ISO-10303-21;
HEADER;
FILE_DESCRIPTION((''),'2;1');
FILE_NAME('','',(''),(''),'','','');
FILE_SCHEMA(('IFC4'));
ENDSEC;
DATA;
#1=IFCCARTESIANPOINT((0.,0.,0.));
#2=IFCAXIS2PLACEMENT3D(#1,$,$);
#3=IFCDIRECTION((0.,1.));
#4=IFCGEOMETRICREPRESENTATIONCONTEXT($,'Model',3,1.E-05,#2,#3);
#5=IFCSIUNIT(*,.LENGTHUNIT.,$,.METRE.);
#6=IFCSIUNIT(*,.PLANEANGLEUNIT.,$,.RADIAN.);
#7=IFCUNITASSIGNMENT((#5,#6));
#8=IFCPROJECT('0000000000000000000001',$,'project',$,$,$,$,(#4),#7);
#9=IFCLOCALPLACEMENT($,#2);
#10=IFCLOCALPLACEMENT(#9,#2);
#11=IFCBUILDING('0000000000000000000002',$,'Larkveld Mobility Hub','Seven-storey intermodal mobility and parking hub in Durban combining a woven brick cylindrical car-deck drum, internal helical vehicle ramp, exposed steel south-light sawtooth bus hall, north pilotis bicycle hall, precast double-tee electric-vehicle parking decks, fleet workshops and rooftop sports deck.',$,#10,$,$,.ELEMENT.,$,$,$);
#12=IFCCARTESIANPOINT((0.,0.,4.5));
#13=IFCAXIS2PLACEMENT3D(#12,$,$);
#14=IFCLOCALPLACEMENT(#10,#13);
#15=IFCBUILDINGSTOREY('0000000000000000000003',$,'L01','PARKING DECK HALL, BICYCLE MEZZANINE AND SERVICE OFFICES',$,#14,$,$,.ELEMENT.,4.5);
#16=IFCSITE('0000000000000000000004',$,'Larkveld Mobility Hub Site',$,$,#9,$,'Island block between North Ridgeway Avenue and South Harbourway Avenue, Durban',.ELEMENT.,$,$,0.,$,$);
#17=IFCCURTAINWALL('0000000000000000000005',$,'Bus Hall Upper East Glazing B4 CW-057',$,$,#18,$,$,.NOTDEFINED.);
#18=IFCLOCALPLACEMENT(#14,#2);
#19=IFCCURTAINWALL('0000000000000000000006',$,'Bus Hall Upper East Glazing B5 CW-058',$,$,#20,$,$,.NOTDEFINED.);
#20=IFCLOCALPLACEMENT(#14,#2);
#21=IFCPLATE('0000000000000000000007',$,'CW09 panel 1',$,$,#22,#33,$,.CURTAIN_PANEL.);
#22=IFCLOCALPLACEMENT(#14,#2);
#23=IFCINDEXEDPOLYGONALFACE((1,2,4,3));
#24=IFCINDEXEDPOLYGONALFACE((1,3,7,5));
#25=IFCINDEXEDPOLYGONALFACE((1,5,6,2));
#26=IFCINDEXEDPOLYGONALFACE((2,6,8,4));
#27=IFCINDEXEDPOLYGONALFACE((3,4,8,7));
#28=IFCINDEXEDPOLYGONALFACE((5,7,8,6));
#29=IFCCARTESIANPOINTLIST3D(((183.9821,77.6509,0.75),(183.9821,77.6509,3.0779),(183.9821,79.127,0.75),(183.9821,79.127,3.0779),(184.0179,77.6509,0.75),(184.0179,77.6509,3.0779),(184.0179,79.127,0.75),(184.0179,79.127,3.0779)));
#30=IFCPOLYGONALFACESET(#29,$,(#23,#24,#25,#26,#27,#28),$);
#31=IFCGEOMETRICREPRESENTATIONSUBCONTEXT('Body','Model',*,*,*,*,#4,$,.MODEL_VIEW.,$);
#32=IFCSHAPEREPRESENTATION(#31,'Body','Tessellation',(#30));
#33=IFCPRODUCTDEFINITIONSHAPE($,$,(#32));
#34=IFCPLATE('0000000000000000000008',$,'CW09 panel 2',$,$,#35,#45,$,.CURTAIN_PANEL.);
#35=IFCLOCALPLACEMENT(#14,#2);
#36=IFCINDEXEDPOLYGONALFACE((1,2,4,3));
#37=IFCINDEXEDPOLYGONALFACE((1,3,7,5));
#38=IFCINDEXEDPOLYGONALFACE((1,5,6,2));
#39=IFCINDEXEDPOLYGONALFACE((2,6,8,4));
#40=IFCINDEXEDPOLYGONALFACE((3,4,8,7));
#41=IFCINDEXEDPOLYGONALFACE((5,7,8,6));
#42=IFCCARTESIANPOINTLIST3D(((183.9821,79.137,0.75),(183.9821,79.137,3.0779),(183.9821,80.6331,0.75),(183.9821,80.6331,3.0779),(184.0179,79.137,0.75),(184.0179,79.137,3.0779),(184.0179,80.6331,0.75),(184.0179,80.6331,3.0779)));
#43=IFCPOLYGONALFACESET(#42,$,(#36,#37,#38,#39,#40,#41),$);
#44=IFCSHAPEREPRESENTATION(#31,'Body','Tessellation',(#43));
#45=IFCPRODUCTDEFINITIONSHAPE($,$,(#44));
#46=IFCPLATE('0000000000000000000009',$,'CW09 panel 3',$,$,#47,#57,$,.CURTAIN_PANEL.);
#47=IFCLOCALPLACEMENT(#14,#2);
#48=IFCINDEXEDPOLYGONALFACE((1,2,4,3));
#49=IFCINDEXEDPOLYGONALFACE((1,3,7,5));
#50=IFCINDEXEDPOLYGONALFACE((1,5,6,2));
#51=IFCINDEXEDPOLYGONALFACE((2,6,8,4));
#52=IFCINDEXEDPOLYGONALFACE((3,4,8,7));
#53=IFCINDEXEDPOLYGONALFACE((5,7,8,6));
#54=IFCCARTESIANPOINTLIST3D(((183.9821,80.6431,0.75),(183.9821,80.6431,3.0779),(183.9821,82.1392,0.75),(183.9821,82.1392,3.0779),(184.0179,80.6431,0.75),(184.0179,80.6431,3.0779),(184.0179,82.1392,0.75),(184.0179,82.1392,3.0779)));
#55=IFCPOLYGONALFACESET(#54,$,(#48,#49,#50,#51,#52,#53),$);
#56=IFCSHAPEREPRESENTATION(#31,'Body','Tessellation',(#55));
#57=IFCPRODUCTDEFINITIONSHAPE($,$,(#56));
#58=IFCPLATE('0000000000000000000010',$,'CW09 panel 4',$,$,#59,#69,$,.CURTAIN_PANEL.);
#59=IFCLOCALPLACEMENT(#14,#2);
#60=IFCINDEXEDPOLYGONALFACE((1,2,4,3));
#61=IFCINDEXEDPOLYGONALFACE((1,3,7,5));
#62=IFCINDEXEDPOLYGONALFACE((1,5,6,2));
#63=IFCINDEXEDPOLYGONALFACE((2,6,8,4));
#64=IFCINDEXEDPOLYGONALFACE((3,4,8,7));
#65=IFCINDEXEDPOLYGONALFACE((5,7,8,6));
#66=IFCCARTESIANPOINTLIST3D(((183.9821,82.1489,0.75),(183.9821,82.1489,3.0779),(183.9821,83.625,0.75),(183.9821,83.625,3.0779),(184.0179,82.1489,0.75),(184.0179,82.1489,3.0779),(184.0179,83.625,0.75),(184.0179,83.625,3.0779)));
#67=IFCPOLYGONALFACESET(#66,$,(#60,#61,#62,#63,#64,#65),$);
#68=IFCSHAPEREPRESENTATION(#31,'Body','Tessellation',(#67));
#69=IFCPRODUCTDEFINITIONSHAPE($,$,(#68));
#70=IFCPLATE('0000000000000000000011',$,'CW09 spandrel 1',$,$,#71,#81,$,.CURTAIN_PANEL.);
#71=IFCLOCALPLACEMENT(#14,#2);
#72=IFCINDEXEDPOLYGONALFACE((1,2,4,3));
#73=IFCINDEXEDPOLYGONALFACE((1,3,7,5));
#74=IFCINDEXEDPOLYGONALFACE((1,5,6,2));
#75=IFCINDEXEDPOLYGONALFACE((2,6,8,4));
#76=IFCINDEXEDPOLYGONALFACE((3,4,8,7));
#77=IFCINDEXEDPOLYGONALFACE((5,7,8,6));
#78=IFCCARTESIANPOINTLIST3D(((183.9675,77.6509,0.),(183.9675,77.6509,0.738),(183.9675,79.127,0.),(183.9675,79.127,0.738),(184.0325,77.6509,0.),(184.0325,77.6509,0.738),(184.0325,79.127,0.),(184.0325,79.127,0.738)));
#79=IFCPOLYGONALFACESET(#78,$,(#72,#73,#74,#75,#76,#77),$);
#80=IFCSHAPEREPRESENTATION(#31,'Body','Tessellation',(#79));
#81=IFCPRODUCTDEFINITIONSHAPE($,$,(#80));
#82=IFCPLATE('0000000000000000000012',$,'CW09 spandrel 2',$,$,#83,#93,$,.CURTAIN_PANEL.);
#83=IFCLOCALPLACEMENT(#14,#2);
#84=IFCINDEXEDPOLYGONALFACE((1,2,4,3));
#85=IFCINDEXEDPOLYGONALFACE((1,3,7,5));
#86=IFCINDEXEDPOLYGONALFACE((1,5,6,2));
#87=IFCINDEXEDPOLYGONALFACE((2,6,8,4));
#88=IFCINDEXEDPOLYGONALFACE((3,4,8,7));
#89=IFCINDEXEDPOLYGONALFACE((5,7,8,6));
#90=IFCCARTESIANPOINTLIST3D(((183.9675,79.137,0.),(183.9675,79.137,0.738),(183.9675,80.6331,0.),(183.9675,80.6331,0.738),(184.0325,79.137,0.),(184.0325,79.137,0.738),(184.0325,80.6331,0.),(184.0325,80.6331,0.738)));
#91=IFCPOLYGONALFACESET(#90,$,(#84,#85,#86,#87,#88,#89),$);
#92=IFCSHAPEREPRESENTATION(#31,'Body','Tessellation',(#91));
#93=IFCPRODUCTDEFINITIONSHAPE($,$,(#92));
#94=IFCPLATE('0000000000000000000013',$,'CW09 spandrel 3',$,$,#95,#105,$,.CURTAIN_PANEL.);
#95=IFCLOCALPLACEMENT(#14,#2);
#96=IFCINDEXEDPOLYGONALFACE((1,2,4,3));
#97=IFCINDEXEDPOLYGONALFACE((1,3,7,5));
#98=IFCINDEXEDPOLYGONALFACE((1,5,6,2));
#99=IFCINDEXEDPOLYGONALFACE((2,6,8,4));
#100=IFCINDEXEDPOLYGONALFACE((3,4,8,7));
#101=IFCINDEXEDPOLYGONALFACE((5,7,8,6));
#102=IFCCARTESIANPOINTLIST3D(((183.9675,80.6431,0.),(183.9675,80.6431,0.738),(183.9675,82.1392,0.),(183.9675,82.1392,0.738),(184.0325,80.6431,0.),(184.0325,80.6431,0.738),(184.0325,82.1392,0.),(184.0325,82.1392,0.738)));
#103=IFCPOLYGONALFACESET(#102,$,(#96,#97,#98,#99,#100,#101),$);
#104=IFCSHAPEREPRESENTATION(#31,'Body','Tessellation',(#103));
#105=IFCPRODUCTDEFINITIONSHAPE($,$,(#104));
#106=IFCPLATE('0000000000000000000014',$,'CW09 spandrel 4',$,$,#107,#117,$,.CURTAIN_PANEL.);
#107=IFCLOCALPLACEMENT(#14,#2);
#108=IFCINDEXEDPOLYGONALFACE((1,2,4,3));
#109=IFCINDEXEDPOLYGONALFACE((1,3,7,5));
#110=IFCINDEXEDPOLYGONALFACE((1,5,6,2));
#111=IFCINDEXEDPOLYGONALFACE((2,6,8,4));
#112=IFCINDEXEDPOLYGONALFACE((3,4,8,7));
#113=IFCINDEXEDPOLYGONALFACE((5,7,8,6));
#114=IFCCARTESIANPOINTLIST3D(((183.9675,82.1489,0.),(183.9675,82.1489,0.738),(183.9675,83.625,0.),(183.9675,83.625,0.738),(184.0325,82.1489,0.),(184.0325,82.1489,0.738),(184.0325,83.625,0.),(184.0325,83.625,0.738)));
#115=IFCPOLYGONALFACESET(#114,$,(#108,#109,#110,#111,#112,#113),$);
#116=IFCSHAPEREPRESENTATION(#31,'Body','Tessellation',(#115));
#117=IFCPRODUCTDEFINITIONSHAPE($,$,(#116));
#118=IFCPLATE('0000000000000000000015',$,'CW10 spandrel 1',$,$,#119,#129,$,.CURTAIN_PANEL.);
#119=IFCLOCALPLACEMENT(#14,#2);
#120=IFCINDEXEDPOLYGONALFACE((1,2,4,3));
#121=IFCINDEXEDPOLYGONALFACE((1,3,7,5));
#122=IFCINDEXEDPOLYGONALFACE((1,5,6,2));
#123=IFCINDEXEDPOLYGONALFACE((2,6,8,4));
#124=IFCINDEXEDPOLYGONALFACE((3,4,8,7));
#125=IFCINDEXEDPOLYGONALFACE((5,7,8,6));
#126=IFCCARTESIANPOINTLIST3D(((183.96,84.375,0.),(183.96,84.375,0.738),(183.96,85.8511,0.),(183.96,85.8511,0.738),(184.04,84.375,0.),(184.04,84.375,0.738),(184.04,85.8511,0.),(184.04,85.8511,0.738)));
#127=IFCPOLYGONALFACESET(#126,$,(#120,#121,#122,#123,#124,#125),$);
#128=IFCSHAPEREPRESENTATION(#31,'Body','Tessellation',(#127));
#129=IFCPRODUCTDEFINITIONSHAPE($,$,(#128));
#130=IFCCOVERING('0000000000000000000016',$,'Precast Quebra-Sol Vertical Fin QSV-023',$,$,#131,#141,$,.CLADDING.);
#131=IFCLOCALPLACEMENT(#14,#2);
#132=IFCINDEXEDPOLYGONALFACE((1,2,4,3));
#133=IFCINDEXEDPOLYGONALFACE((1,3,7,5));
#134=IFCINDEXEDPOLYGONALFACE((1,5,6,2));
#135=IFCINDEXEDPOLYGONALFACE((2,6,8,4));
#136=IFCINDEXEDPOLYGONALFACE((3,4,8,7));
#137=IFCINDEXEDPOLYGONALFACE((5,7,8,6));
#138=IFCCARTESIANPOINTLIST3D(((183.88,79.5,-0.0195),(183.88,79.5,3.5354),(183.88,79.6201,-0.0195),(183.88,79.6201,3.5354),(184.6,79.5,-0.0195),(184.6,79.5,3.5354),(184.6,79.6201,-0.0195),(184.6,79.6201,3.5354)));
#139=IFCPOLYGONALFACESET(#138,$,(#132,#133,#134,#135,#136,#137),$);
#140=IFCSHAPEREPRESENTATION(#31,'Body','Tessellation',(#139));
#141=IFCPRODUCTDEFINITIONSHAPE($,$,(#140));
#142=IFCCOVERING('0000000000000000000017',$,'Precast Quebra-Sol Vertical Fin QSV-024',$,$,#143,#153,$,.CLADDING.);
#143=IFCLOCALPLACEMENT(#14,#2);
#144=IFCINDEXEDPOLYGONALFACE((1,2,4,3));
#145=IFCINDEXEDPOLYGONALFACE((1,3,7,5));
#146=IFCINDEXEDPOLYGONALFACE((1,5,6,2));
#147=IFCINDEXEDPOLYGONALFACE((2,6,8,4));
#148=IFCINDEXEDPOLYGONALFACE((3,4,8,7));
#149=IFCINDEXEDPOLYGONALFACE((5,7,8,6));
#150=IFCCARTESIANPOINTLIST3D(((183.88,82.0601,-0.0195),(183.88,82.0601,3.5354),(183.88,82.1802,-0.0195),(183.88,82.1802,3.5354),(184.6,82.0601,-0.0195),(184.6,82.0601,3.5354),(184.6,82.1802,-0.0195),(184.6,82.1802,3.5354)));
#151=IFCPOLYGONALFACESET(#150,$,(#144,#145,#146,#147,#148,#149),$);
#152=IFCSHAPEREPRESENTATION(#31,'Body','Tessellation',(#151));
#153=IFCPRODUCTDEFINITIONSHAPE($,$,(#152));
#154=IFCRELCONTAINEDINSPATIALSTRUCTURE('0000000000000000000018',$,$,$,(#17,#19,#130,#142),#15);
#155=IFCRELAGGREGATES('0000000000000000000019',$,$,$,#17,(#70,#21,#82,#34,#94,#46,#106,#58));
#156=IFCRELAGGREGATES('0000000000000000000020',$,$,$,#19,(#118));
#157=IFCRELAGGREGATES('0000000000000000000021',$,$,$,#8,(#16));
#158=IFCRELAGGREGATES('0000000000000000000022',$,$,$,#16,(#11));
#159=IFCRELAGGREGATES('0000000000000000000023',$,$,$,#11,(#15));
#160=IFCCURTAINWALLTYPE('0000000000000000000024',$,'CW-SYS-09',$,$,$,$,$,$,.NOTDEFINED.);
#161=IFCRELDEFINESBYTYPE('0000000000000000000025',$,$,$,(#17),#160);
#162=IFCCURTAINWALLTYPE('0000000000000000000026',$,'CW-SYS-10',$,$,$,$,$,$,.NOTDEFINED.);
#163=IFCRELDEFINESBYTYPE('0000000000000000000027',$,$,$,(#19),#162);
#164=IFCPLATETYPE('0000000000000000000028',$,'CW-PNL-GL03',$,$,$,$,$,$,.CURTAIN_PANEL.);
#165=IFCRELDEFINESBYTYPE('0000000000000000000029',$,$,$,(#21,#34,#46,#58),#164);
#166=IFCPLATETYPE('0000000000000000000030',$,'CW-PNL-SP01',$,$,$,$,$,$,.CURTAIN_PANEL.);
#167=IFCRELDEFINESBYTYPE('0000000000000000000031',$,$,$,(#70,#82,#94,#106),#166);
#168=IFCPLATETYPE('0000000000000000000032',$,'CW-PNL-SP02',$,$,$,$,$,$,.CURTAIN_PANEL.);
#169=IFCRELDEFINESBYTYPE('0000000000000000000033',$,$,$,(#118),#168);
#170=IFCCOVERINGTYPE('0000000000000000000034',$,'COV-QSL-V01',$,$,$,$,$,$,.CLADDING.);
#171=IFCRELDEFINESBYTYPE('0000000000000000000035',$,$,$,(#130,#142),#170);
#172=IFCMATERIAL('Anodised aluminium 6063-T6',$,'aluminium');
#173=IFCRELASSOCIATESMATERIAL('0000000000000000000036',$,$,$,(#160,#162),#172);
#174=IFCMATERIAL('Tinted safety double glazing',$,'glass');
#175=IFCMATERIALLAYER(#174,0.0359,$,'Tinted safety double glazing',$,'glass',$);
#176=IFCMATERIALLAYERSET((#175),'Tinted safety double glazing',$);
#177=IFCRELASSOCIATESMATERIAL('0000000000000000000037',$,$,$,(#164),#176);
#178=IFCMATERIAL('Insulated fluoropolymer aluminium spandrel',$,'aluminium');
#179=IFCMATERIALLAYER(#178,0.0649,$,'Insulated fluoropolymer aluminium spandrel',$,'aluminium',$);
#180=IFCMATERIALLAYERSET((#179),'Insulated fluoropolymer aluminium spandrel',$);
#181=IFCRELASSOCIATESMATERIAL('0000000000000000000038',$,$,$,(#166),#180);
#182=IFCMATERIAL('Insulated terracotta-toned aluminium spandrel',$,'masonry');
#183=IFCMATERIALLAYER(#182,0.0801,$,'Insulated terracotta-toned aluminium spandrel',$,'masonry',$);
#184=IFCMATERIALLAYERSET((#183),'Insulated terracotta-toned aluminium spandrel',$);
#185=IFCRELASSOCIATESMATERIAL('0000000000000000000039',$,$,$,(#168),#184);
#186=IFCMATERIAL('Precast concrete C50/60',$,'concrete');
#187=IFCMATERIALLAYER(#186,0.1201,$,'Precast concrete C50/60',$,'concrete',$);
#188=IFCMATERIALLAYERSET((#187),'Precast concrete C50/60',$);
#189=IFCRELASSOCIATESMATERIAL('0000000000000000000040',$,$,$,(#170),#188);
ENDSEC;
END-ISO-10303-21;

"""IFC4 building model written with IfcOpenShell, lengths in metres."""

from ifc_helpers import new_model, si_unit, direction, frame, origin, origin_2d, place, context, subcontext, project, spatial, rectangle, extrude, material, layer, layer_set, type_object, element, aggregate, save


model = new_model("IFC4")

# Units and contexts
model_context = context("Model", 3, precision=1e-05, world=origin(), true_north=direction((0.0, 1.0)))
body_context = subcontext(model_context, "Body", "Model", "MODEL_VIEW")
ifc_project = project(units=[si_unit("LENGTHUNIT", "METRE"), si_unit("PLANEANGLEUNIT", "RADIAN")], contexts=[model_context])

# Site, building, storey
site_placement = place(None, origin())
site = spatial("IfcSite", under=ifc_project, at=site_placement, Name="Larkveld Mobility Hub Site", LongName="Island block between North Ridgeway Avenue and South Harbourway Avenue, Durban", CompositionType="ELEMENT", RefElevation=0.0)
building_placement = place(site_placement, origin())
building = spatial("IfcBuilding", under=site, at=building_placement, Name="Larkveld Mobility Hub", Description="Seven-storey intermodal mobility and parking hub in Durban combining a woven brick cylindrical car-deck drum, internal helical vehicle ramp, exposed steel south-light sawtooth bus hall, north pilotis bicycle hall, precast double-tee electric-vehicle parking decks, fleet workshops and rooftop sports deck.", CompositionType="ELEMENT")
storey_placement = place(building_placement, frame((0.0, 0.0, 4.5)))
storey = spatial("IfcBuildingStorey", under=building, at=storey_placement, Name="L01", Description="PARKING DECK HALL, BICYCLE MEZZANINE AND SERVICE OFFICES", CompositionType="ELEMENT", Elevation=4.5)

# Curtain walls
ifc_material_1 = material(Name="Anodised aluminium 6063-T6", Category="aluminium")
curtain_wall_type_1 = type_object("IfcCurtainWallType", Name="CW-SYS-09", PredefinedType="NOTDEFINED", material=ifc_material_1)
curtain_wall_1_placement = place(storey_placement, origin())
curtain_wall_1 = element("IfcCurtainWall", 1, at=curtain_wall_1_placement, inside=storey, type_object=curtain_wall_type_1, Name="Bus Hall Upper East Glazing B4 CW-057", PredefinedType="NOTDEFINED")
curtain_wall_type_2 = type_object("IfcCurtainWallType", Name="CW-SYS-10", PredefinedType="NOTDEFINED", material=ifc_material_1)
curtain_wall_2_placement = place(storey_placement, origin())
curtain_wall_2 = element("IfcCurtainWall", 2, at=curtain_wall_2_placement, inside=storey, type_object=curtain_wall_type_2, Name="Bus Hall Upper East Glazing B5 CW-058", PredefinedType="NOTDEFINED")

# Plates
ifc_material_2 = material(Name="Tinted safety double glazing", Category="glass")
ifc_layer_1 = layer(ifc_material_2, 0.0359, Name="Tinted safety double glazing", Category="glass")
ifc_layer_set_1 = layer_set([ifc_layer_1], Name="Tinted safety double glazing")
plate_type_1 = type_object("IfcPlateType", Name="CW-PNL-GL03", PredefinedType="CURTAIN_PANEL", material=ifc_layer_set_1)
plate_1_placement = place(storey_placement, frame((184.0, 78.3889, 0.75), z_axis=(0.0, 0.0, 1.0), x_axis=(0.0, 1.0, 0.0)))
plate_1 = element("IfcPlate", 3, at=plate_1_placement, type_object=plate_type_1, Name="CW09 panel 1", PredefinedType="CURTAIN_PANEL", context=body_context, shape_type="SweptSolid", body=[
    extrude(rectangle(XDim=1.4761, YDim=0.0359, at=origin_2d()), origin(), (0.0, 0.0, 1.0), 2.3279),
])
plate_2_placement = place(storey_placement, frame((184.0, 79.885, 0.75), z_axis=(0.0, 0.0, 1.0), x_axis=(0.0, 1.0, 0.0)))
plate_2 = element("IfcPlate", 4, at=plate_2_placement, type_object=plate_type_1, Name="CW09 panel 2", PredefinedType="CURTAIN_PANEL", context=body_context, shape_type="SweptSolid", body=[
    extrude(rectangle(XDim=1.4961, YDim=0.0359, at=origin_2d()), origin(), (0.0, 0.0, 1.0), 2.3279),
])
plate_3_placement = place(storey_placement, frame((184.0, 81.3911, 0.75), z_axis=(0.0, 0.0, 1.0), x_axis=(0.0, 1.0, 0.0)))
plate_3 = element("IfcPlate", 5, at=plate_3_placement, type_object=plate_type_1, Name="CW09 panel 3", PredefinedType="CURTAIN_PANEL", context=body_context, shape_type="SweptSolid", body=[
    extrude(rectangle(XDim=1.4961, YDim=0.0359, at=origin_2d()), origin(), (0.0, 0.0, 1.0), 2.3279),
])
plate_4_placement = place(storey_placement, frame((184.0, 82.887, 0.75), z_axis=(0.0, 0.0, 1.0), x_axis=(0.0, 1.0, 0.0)))
plate_4 = element("IfcPlate", 6, at=plate_4_placement, type_object=plate_type_1, Name="CW09 panel 4", PredefinedType="CURTAIN_PANEL", context=body_context, shape_type="SweptSolid", body=[
    extrude(rectangle(XDim=1.4761, YDim=0.0359, at=origin_2d()), origin(), (0.0, 0.0, 1.0), 2.3279),
])
ifc_material_3 = material(Name="Insulated fluoropolymer aluminium spandrel", Category="aluminium")
ifc_layer_2 = layer(ifc_material_3, 0.0649, Name="Insulated fluoropolymer aluminium spandrel", Category="aluminium")
ifc_layer_set_2 = layer_set([ifc_layer_2], Name="Insulated fluoropolymer aluminium spandrel")
plate_type_2 = type_object("IfcPlateType", Name="CW-PNL-SP01", PredefinedType="CURTAIN_PANEL", material=ifc_layer_set_2)
plate_5_placement = place(storey_placement, frame((184.0, 78.3889, 0.0), z_axis=(0.0, 0.0, 1.0), x_axis=(0.0, 1.0, 0.0)))
plate_5 = element("IfcPlate", 7, at=plate_5_placement, type_object=plate_type_2, Name="CW09 spandrel 1", PredefinedType="CURTAIN_PANEL", context=body_context, shape_type="SweptSolid", body=[
    extrude(rectangle(XDim=1.4761, YDim=0.0649, at=origin_2d()), origin(), (0.0, 0.0, 1.0), 0.738),
])
plate_6_placement = place(storey_placement, frame((184.0, 79.885, 0.0), z_axis=(0.0, 0.0, 1.0), x_axis=(0.0, 1.0, 0.0)))
plate_6 = element("IfcPlate", 8, at=plate_6_placement, type_object=plate_type_2, Name="CW09 spandrel 2", PredefinedType="CURTAIN_PANEL", context=body_context, shape_type="SweptSolid", body=[
    extrude(rectangle(XDim=1.4961, YDim=0.0649, at=origin_2d()), origin(), (0.0, 0.0, 1.0), 0.738),
])
plate_7_placement = place(storey_placement, frame((184.0, 81.3911, 0.0), z_axis=(0.0, 0.0, 1.0), x_axis=(0.0, 1.0, 0.0)))
plate_7 = element("IfcPlate", 9, at=plate_7_placement, type_object=plate_type_2, Name="CW09 spandrel 3", PredefinedType="CURTAIN_PANEL", context=body_context, shape_type="SweptSolid", body=[
    extrude(rectangle(XDim=1.4961, YDim=0.0649, at=origin_2d()), origin(), (0.0, 0.0, 1.0), 0.738),
])
plate_8_placement = place(storey_placement, frame((184.0, 82.887, 0.0), z_axis=(0.0, 0.0, 1.0), x_axis=(0.0, 1.0, 0.0)))
plate_8 = element("IfcPlate", 10, at=plate_8_placement, type_object=plate_type_2, Name="CW09 spandrel 4", PredefinedType="CURTAIN_PANEL", context=body_context, shape_type="SweptSolid", body=[
    extrude(rectangle(XDim=1.4761, YDim=0.0649, at=origin_2d()), origin(), (0.0, 0.0, 1.0), 0.738),
])
aggregate(curtain_wall_1, [plate_5, plate_1, plate_6, plate_2, plate_7, plate_3, plate_8, plate_4])
ifc_material_4 = material(Name="Insulated terracotta-toned aluminium spandrel", Category="masonry")
ifc_layer_3 = layer(ifc_material_4, 0.0801, Name="Insulated terracotta-toned aluminium spandrel", Category="masonry")
ifc_layer_set_3 = layer_set([ifc_layer_3], Name="Insulated terracotta-toned aluminium spandrel")
plate_type_3 = type_object("IfcPlateType", Name="CW-PNL-SP02", PredefinedType="CURTAIN_PANEL", material=ifc_layer_set_3)
plate_9_placement = place(storey_placement, frame((184.0, 85.113, 0.0), z_axis=(0.0, 0.0, 1.0), x_axis=(0.0, 1.0, 0.0)))
plate_9 = element("IfcPlate", 11, at=plate_9_placement, type_object=plate_type_3, Name="CW10 spandrel 1", PredefinedType="CURTAIN_PANEL", context=body_context, shape_type="SweptSolid", body=[
    extrude(rectangle(XDim=1.4761, YDim=0.0801, at=origin_2d()), origin(), (0.0, 0.0, 1.0), 0.738),
])
aggregate(curtain_wall_2, [plate_9])

# Coverings
ifc_material_5 = material(Name="Precast concrete C50/60", Category="concrete")
ifc_layer_4 = layer(ifc_material_5, 0.1201, Name="Precast concrete C50/60", Category="concrete")
ifc_layer_set_4 = layer_set([ifc_layer_4], Name="Precast concrete C50/60")
covering_type = type_object("IfcCoveringType", Name="COV-QSL-V01", PredefinedType="CLADDING", material=ifc_layer_set_4)
for number, where, z_axis, x_axis, name in (
    (12, (184.24, 79.5601, -0.0195), (0.0, 0.0, 1.0), (0.0, 1.0, 0.0), "Precast Quebra-Sol Vertical Fin QSV-023"),
    (13, (184.24, 82.1201, -0.0195), (0.0, 0.0, 1.0), (0.0, 1.0, 0.0), "Precast Quebra-Sol Vertical Fin QSV-024"),
):
    element("IfcCovering", number, at=place(storey_placement, frame(where, z_axis=z_axis, x_axis=x_axis)), inside=storey, type_object=covering_type, Name=name, PredefinedType="CLADDING", context=body_context, shape_type="SweptSolid", body=[
        extrude(rectangle(XDim=0.1201, YDim=0.72, at=origin_2d()), origin(), (0.0, 0.0, 1.0), 3.5549),
    ])

save(model, "model.ifc")
